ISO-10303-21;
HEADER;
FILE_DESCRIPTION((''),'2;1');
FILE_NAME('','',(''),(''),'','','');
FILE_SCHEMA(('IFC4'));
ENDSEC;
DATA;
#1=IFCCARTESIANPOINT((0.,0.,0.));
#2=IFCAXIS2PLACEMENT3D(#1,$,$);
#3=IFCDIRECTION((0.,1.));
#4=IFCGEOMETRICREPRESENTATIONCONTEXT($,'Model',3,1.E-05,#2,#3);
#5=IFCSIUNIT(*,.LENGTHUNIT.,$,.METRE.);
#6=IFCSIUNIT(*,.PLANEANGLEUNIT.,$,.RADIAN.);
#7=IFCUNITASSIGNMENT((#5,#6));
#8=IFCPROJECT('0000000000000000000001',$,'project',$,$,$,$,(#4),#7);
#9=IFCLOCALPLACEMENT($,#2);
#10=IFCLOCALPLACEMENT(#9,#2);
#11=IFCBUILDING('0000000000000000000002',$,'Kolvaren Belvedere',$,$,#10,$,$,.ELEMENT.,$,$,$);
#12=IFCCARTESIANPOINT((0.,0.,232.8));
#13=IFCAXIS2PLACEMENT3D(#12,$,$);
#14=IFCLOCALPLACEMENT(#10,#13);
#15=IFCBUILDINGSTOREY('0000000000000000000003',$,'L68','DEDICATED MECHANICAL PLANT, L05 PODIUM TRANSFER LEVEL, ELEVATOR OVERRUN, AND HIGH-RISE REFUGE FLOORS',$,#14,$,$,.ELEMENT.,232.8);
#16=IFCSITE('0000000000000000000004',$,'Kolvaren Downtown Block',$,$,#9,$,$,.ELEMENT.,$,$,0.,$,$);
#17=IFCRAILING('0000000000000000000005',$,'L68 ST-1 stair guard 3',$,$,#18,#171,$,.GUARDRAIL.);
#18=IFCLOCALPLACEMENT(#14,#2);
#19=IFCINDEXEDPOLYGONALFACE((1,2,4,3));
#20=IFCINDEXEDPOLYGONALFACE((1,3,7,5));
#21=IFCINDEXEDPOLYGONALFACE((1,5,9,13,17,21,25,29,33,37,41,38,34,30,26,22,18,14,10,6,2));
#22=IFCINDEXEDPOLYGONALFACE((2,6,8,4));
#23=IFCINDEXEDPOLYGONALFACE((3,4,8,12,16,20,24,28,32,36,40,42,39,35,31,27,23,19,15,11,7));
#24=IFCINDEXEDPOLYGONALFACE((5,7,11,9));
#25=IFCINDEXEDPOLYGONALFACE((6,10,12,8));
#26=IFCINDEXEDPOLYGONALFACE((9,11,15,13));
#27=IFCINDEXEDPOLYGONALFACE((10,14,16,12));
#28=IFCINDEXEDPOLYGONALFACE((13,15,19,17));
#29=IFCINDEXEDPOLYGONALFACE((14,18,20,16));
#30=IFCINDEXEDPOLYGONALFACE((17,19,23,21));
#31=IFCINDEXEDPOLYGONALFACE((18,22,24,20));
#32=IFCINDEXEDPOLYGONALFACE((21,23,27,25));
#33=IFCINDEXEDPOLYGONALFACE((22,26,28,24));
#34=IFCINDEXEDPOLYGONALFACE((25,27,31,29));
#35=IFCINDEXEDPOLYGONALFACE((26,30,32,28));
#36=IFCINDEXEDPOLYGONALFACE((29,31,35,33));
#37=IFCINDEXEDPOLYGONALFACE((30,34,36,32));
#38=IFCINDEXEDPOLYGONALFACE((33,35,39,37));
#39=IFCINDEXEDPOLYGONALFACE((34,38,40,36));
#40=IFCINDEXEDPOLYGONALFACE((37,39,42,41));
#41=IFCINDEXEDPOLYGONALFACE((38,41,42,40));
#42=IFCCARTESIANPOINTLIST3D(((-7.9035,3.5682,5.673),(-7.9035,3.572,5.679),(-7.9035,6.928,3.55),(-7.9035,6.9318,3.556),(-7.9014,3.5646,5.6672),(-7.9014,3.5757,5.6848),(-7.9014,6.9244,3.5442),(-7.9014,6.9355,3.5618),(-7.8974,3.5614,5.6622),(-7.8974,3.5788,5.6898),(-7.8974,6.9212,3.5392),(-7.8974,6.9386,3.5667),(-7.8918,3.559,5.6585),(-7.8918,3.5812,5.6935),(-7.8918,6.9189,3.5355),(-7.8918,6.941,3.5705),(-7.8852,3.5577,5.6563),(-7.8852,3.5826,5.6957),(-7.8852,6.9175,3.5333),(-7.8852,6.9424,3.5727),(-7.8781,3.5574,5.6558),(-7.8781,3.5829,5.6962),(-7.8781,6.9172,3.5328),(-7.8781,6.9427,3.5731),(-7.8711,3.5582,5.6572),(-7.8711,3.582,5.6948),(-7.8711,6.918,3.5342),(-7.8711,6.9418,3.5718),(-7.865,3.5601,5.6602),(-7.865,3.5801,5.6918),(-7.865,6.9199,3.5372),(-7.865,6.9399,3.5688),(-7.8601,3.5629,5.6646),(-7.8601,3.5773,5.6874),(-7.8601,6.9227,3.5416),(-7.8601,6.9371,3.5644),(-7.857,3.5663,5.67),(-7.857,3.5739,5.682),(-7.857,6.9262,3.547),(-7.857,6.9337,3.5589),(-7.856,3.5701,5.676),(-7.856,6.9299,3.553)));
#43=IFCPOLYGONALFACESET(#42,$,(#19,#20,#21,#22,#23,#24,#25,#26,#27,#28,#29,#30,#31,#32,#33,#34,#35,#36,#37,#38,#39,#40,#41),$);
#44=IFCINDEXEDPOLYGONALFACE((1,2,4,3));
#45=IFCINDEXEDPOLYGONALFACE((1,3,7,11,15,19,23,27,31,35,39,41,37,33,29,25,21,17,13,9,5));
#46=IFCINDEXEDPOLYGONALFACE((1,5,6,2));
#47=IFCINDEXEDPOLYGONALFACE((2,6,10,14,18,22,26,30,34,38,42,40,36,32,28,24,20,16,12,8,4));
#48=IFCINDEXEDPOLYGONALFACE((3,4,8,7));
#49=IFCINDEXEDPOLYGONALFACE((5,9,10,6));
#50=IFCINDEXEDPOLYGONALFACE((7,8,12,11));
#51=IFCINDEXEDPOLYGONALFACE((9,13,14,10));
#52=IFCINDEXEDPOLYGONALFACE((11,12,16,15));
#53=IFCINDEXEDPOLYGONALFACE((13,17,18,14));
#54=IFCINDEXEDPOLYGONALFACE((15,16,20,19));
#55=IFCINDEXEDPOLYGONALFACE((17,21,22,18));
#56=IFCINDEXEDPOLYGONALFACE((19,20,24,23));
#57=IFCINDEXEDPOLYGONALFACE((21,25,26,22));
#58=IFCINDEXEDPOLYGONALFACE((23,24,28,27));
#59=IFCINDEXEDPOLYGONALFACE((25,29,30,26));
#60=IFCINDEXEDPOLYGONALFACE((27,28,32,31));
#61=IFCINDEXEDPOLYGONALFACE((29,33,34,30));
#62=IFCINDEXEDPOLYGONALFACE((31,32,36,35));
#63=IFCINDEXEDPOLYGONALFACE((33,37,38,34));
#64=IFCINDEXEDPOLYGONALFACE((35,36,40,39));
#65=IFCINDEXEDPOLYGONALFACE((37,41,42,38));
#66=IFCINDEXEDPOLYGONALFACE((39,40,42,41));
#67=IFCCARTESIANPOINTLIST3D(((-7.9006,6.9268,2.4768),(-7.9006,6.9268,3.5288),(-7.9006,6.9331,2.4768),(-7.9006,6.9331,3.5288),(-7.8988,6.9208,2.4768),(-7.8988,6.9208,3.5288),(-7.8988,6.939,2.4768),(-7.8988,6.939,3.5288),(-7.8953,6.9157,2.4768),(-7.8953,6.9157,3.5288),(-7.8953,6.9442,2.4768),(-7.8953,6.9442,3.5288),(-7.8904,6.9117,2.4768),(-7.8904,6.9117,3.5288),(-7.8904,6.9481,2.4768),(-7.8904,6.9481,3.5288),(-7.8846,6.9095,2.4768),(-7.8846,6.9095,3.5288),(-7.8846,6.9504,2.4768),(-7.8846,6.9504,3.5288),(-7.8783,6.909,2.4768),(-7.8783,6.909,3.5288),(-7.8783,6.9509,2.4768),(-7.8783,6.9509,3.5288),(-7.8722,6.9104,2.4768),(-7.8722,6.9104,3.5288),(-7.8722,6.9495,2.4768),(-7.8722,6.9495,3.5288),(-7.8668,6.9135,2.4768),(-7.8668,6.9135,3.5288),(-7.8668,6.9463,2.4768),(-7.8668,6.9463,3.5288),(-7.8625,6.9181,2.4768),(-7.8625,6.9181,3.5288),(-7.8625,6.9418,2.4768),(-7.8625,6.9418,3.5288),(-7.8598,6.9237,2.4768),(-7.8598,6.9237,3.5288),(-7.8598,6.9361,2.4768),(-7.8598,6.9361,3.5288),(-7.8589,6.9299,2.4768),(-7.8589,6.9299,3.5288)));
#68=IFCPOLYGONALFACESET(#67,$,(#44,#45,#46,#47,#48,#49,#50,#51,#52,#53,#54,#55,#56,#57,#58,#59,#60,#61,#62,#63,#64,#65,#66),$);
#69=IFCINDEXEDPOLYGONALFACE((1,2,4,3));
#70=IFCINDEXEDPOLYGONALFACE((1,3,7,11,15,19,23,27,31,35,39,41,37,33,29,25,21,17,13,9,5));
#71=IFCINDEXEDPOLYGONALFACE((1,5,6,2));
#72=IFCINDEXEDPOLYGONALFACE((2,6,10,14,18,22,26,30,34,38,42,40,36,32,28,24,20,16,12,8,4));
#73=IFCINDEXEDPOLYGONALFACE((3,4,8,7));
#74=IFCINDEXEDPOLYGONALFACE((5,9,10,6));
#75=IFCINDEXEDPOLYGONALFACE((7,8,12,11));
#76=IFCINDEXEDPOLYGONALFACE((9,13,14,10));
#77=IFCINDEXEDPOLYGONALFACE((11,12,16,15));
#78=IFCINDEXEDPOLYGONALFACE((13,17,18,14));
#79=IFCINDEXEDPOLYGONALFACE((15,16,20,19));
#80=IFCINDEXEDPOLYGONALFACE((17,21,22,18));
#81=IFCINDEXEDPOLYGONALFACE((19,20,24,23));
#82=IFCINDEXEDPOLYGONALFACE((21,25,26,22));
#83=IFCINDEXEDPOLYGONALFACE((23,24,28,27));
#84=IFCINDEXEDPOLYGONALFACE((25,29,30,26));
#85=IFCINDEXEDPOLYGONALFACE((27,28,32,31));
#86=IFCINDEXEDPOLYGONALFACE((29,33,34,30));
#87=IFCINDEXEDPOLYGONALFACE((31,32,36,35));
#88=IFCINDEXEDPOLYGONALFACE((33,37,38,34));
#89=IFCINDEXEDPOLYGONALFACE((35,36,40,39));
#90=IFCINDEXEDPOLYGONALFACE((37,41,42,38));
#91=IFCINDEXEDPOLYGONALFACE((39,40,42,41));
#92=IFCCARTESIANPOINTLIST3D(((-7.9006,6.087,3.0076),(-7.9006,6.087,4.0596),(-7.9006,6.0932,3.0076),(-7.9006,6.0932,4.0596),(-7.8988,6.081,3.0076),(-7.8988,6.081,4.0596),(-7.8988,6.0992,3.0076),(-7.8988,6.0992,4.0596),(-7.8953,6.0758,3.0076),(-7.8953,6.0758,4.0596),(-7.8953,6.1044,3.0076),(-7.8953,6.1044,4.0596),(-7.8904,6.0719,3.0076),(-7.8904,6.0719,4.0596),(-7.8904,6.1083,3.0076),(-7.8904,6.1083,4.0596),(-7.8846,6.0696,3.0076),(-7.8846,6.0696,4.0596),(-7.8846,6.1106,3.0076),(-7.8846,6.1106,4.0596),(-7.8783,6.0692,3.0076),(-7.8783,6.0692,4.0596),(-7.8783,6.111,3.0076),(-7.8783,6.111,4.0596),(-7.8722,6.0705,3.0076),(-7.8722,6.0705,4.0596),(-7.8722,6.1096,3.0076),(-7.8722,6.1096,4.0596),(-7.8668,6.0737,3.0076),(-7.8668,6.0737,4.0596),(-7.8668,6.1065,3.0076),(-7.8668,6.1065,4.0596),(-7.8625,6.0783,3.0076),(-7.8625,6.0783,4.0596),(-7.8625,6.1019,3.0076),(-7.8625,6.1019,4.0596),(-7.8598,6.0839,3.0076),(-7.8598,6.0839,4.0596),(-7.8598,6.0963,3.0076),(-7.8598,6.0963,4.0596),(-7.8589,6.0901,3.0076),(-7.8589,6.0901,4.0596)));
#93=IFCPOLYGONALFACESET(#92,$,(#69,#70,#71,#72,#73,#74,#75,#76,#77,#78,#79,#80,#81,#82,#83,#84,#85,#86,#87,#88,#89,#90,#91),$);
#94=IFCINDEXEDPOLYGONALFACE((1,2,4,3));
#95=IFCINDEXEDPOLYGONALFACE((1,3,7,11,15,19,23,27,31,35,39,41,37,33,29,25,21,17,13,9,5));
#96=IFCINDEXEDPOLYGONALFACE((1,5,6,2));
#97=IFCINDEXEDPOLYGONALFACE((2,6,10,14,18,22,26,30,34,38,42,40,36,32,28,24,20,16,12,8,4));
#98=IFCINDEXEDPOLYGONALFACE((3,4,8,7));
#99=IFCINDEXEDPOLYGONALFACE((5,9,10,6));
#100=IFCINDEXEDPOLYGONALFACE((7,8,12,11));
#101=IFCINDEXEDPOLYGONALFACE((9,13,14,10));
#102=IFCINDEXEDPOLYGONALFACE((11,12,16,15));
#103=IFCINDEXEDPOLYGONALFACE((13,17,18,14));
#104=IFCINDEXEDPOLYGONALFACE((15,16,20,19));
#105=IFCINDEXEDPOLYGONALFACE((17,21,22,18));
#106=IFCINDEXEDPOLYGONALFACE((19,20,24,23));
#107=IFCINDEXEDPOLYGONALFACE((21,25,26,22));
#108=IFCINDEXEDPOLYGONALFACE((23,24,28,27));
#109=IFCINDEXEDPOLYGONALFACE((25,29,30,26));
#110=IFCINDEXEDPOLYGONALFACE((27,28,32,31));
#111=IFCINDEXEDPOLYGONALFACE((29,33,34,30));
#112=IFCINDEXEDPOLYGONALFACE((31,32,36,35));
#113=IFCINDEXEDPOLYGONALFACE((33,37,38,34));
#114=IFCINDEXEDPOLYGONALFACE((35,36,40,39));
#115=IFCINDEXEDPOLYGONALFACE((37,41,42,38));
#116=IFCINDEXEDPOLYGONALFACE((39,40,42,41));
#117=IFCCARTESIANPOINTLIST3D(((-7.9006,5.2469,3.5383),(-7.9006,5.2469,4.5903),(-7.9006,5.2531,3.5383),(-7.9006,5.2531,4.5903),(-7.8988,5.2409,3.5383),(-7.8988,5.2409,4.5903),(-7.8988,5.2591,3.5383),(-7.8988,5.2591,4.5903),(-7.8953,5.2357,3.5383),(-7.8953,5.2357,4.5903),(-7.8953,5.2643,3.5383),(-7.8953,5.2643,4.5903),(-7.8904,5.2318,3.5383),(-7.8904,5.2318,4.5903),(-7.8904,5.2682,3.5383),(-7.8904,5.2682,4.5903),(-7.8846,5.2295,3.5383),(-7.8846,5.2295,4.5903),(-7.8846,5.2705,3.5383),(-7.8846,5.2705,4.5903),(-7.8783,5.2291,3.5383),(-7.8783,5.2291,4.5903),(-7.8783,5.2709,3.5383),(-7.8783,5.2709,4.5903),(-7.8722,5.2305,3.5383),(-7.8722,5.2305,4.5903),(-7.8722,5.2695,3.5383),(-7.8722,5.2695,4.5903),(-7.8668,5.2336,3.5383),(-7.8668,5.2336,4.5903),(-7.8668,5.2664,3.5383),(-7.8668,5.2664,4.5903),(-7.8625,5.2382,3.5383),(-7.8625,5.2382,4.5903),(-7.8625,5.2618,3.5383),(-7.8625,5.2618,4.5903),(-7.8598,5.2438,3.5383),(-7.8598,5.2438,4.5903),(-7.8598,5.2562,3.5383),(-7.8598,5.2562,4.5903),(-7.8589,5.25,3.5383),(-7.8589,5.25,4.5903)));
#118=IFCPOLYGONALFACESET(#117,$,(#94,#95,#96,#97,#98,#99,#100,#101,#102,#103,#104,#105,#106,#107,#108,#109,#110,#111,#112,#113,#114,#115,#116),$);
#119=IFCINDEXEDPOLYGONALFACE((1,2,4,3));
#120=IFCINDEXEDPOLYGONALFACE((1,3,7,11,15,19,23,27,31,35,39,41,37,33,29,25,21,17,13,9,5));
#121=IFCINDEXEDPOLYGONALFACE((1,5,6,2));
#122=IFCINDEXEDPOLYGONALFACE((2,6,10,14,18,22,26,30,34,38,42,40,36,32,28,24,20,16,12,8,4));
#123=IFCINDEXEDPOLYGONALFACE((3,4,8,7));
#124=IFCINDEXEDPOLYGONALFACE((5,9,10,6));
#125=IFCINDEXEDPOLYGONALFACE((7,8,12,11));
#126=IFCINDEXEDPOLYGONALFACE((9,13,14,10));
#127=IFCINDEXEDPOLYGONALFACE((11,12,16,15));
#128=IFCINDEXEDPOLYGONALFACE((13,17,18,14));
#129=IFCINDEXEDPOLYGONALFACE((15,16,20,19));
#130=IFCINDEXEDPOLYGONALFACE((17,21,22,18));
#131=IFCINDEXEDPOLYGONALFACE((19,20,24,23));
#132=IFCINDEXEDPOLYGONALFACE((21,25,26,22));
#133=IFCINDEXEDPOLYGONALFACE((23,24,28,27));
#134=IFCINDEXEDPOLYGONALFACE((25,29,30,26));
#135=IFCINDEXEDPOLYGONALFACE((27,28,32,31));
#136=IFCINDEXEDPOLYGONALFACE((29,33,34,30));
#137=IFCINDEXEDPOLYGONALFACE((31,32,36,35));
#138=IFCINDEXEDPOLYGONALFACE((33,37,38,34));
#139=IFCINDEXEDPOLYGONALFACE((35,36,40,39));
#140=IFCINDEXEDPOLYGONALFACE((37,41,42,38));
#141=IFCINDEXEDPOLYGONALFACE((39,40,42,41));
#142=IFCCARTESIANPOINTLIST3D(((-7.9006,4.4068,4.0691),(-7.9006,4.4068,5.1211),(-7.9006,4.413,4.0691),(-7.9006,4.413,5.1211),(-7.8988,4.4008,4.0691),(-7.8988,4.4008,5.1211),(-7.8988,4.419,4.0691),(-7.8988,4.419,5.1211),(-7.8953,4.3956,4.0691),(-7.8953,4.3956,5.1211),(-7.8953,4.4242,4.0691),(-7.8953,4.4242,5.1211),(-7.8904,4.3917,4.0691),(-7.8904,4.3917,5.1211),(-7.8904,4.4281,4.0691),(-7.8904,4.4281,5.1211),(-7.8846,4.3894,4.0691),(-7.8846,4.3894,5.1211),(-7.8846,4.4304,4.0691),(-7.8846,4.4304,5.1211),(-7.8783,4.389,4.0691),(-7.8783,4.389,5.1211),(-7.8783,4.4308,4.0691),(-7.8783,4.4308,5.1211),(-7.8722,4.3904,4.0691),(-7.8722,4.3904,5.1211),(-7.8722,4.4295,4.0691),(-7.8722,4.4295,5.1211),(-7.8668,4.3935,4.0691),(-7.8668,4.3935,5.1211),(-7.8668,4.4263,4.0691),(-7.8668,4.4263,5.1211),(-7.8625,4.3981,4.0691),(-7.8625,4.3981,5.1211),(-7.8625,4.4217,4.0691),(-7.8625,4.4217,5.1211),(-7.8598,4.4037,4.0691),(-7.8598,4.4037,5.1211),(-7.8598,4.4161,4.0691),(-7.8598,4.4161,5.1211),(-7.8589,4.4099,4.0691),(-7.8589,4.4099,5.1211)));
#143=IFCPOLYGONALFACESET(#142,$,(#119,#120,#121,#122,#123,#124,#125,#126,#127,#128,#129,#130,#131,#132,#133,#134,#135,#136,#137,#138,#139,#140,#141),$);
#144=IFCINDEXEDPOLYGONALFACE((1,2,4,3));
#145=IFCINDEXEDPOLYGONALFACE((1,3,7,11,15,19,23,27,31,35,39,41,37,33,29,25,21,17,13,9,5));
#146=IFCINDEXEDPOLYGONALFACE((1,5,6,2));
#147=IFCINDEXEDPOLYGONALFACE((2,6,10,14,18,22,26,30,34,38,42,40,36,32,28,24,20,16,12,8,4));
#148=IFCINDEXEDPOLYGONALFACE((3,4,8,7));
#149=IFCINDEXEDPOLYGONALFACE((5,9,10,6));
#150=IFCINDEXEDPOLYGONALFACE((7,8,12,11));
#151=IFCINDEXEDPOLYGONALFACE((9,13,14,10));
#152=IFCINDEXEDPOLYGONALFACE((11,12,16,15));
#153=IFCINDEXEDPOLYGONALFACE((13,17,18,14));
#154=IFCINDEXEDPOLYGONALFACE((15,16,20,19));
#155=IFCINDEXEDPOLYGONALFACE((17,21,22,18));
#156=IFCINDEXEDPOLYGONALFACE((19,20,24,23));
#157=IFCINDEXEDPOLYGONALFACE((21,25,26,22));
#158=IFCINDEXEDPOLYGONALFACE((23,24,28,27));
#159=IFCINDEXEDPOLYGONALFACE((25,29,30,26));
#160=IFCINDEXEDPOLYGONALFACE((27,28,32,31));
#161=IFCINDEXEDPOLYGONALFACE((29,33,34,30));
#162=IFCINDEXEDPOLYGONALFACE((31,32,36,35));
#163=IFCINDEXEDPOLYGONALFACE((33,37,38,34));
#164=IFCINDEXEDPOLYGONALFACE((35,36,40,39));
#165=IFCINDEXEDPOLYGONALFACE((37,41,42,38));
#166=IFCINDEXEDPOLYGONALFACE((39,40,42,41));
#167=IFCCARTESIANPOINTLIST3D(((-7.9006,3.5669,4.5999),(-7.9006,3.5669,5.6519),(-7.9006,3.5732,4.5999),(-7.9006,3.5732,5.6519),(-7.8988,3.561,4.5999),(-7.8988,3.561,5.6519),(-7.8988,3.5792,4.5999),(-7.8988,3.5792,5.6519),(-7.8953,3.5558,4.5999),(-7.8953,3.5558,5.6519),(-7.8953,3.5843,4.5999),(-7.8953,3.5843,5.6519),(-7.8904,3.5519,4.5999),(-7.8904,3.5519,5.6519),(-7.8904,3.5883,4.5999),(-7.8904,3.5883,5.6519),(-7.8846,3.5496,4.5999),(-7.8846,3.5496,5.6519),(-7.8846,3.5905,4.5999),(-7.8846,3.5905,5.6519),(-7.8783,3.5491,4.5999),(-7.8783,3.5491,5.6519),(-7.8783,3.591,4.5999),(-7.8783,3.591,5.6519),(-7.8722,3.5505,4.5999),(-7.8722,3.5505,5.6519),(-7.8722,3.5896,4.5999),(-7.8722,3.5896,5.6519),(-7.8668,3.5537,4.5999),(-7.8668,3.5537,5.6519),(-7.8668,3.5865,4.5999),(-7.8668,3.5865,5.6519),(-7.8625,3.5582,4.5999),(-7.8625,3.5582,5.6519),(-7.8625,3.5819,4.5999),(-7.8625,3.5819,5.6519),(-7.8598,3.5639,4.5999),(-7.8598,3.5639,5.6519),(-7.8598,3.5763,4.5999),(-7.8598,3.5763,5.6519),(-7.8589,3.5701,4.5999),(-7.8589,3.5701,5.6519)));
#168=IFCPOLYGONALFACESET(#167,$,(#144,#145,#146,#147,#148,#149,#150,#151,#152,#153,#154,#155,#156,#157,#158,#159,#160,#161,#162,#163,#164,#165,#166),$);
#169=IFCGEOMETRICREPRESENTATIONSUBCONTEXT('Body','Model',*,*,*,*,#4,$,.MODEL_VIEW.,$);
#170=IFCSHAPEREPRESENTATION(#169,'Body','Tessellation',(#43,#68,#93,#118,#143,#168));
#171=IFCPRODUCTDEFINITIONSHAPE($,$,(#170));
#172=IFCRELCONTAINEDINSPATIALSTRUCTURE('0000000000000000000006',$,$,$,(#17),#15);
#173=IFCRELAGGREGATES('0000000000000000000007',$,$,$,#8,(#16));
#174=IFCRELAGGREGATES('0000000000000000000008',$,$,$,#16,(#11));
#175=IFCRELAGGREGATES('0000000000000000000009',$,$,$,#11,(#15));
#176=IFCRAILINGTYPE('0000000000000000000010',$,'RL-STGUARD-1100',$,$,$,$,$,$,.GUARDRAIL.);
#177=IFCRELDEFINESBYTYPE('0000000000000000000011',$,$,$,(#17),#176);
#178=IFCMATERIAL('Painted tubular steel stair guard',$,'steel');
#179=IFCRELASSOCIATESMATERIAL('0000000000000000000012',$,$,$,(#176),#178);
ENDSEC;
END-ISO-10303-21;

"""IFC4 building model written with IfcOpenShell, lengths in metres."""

from ifc_helpers import new_model, si_unit, direction, frame, origin, origin_2d, place, context, subcontext, project, spatial, circle, extrude, material, type_object, element, save


model = new_model("IFC4")

# Units and contexts
model_context = context("Model", 3, precision=1e-05, world=origin(), true_north=direction((0.0, 1.0)))
body_context = subcontext(model_context, "Body", "Model", "MODEL_VIEW")
ifc_project = project(units=[si_unit("LENGTHUNIT", "METRE"), si_unit("PLANEANGLEUNIT", "RADIAN")], contexts=[model_context])

# Site, building, storey
site_placement = place(None, origin())
site = spatial("IfcSite", under=ifc_project, at=site_placement, Name="Kolvaren Downtown Block", CompositionType="ELEMENT", RefElevation=0.0)
building_placement = place(site_placement, origin())
building = spatial("IfcBuilding", under=site, at=building_placement, Name="Kolvaren Belvedere", CompositionType="ELEMENT")
storey_placement = place(building_placement, frame((0.0, 0.0, 232.8)))
storey = spatial("IfcBuildingStorey", under=building, at=storey_placement, Name="L68", Description="DEDICATED MECHANICAL PLANT, L05 PODIUM TRANSFER LEVEL, ELEVATOR OVERRUN, AND HIGH-RISE REFUGE FLOORS", CompositionType="ELEMENT", Elevation=232.8)

# Railing
ifc_material_1 = material(Name="Painted tubular steel stair guard", Category="steel")
railing_type_1 = type_object("IfcRailingType", Name="RL-STGUARD-1100", PredefinedType="GUARDRAIL", material=ifc_material_1)
railing_1_placement = place(storey_placement, frame((-7.8799, 6.9299, 2.4768)))
element("IfcRailing", 1, at=railing_1_placement, inside=storey, type_object=railing_type_1, Name="L68 ST-1 stair guard 3", PredefinedType="GUARDRAIL", context=body_context, shape_type="SweptSolid", body=[
    extrude(circle(Radius=0.0239, at=origin_2d()), frame((0.0, 0.0, 1.0762), z_axis=(0.0, -0.845372, 0.534178), x_axis=(1.0, 0.0, 0.0)), (0.0, 0.0, 1.0), 3.9744),
    extrude(circle(Radius=0.021, at=origin_2d()), origin(), (0.0, 0.0, 1.0), 1.052),
    extrude(circle(Radius=0.021, at=origin_2d()), frame((0.0, -0.8398, 0.5308)), (0.0, 0.0, 1.0), 1.052),
    extrude(circle(Radius=0.021, at=origin_2d()), frame((0.0, -1.6799, 1.0615)), (0.0, 0.0, 1.0), 1.052),
    extrude(circle(Radius=0.021, at=origin_2d()), frame((0.0, -2.52, 1.5923)), (0.0, 0.0, 1.0), 1.052),
    extrude(circle(Radius=0.021, at=origin_2d()), frame((0.0, -3.3599, 2.123)), (0.0, 0.0, 1.0), 1.052),
])

save(model, "model.ifc")
